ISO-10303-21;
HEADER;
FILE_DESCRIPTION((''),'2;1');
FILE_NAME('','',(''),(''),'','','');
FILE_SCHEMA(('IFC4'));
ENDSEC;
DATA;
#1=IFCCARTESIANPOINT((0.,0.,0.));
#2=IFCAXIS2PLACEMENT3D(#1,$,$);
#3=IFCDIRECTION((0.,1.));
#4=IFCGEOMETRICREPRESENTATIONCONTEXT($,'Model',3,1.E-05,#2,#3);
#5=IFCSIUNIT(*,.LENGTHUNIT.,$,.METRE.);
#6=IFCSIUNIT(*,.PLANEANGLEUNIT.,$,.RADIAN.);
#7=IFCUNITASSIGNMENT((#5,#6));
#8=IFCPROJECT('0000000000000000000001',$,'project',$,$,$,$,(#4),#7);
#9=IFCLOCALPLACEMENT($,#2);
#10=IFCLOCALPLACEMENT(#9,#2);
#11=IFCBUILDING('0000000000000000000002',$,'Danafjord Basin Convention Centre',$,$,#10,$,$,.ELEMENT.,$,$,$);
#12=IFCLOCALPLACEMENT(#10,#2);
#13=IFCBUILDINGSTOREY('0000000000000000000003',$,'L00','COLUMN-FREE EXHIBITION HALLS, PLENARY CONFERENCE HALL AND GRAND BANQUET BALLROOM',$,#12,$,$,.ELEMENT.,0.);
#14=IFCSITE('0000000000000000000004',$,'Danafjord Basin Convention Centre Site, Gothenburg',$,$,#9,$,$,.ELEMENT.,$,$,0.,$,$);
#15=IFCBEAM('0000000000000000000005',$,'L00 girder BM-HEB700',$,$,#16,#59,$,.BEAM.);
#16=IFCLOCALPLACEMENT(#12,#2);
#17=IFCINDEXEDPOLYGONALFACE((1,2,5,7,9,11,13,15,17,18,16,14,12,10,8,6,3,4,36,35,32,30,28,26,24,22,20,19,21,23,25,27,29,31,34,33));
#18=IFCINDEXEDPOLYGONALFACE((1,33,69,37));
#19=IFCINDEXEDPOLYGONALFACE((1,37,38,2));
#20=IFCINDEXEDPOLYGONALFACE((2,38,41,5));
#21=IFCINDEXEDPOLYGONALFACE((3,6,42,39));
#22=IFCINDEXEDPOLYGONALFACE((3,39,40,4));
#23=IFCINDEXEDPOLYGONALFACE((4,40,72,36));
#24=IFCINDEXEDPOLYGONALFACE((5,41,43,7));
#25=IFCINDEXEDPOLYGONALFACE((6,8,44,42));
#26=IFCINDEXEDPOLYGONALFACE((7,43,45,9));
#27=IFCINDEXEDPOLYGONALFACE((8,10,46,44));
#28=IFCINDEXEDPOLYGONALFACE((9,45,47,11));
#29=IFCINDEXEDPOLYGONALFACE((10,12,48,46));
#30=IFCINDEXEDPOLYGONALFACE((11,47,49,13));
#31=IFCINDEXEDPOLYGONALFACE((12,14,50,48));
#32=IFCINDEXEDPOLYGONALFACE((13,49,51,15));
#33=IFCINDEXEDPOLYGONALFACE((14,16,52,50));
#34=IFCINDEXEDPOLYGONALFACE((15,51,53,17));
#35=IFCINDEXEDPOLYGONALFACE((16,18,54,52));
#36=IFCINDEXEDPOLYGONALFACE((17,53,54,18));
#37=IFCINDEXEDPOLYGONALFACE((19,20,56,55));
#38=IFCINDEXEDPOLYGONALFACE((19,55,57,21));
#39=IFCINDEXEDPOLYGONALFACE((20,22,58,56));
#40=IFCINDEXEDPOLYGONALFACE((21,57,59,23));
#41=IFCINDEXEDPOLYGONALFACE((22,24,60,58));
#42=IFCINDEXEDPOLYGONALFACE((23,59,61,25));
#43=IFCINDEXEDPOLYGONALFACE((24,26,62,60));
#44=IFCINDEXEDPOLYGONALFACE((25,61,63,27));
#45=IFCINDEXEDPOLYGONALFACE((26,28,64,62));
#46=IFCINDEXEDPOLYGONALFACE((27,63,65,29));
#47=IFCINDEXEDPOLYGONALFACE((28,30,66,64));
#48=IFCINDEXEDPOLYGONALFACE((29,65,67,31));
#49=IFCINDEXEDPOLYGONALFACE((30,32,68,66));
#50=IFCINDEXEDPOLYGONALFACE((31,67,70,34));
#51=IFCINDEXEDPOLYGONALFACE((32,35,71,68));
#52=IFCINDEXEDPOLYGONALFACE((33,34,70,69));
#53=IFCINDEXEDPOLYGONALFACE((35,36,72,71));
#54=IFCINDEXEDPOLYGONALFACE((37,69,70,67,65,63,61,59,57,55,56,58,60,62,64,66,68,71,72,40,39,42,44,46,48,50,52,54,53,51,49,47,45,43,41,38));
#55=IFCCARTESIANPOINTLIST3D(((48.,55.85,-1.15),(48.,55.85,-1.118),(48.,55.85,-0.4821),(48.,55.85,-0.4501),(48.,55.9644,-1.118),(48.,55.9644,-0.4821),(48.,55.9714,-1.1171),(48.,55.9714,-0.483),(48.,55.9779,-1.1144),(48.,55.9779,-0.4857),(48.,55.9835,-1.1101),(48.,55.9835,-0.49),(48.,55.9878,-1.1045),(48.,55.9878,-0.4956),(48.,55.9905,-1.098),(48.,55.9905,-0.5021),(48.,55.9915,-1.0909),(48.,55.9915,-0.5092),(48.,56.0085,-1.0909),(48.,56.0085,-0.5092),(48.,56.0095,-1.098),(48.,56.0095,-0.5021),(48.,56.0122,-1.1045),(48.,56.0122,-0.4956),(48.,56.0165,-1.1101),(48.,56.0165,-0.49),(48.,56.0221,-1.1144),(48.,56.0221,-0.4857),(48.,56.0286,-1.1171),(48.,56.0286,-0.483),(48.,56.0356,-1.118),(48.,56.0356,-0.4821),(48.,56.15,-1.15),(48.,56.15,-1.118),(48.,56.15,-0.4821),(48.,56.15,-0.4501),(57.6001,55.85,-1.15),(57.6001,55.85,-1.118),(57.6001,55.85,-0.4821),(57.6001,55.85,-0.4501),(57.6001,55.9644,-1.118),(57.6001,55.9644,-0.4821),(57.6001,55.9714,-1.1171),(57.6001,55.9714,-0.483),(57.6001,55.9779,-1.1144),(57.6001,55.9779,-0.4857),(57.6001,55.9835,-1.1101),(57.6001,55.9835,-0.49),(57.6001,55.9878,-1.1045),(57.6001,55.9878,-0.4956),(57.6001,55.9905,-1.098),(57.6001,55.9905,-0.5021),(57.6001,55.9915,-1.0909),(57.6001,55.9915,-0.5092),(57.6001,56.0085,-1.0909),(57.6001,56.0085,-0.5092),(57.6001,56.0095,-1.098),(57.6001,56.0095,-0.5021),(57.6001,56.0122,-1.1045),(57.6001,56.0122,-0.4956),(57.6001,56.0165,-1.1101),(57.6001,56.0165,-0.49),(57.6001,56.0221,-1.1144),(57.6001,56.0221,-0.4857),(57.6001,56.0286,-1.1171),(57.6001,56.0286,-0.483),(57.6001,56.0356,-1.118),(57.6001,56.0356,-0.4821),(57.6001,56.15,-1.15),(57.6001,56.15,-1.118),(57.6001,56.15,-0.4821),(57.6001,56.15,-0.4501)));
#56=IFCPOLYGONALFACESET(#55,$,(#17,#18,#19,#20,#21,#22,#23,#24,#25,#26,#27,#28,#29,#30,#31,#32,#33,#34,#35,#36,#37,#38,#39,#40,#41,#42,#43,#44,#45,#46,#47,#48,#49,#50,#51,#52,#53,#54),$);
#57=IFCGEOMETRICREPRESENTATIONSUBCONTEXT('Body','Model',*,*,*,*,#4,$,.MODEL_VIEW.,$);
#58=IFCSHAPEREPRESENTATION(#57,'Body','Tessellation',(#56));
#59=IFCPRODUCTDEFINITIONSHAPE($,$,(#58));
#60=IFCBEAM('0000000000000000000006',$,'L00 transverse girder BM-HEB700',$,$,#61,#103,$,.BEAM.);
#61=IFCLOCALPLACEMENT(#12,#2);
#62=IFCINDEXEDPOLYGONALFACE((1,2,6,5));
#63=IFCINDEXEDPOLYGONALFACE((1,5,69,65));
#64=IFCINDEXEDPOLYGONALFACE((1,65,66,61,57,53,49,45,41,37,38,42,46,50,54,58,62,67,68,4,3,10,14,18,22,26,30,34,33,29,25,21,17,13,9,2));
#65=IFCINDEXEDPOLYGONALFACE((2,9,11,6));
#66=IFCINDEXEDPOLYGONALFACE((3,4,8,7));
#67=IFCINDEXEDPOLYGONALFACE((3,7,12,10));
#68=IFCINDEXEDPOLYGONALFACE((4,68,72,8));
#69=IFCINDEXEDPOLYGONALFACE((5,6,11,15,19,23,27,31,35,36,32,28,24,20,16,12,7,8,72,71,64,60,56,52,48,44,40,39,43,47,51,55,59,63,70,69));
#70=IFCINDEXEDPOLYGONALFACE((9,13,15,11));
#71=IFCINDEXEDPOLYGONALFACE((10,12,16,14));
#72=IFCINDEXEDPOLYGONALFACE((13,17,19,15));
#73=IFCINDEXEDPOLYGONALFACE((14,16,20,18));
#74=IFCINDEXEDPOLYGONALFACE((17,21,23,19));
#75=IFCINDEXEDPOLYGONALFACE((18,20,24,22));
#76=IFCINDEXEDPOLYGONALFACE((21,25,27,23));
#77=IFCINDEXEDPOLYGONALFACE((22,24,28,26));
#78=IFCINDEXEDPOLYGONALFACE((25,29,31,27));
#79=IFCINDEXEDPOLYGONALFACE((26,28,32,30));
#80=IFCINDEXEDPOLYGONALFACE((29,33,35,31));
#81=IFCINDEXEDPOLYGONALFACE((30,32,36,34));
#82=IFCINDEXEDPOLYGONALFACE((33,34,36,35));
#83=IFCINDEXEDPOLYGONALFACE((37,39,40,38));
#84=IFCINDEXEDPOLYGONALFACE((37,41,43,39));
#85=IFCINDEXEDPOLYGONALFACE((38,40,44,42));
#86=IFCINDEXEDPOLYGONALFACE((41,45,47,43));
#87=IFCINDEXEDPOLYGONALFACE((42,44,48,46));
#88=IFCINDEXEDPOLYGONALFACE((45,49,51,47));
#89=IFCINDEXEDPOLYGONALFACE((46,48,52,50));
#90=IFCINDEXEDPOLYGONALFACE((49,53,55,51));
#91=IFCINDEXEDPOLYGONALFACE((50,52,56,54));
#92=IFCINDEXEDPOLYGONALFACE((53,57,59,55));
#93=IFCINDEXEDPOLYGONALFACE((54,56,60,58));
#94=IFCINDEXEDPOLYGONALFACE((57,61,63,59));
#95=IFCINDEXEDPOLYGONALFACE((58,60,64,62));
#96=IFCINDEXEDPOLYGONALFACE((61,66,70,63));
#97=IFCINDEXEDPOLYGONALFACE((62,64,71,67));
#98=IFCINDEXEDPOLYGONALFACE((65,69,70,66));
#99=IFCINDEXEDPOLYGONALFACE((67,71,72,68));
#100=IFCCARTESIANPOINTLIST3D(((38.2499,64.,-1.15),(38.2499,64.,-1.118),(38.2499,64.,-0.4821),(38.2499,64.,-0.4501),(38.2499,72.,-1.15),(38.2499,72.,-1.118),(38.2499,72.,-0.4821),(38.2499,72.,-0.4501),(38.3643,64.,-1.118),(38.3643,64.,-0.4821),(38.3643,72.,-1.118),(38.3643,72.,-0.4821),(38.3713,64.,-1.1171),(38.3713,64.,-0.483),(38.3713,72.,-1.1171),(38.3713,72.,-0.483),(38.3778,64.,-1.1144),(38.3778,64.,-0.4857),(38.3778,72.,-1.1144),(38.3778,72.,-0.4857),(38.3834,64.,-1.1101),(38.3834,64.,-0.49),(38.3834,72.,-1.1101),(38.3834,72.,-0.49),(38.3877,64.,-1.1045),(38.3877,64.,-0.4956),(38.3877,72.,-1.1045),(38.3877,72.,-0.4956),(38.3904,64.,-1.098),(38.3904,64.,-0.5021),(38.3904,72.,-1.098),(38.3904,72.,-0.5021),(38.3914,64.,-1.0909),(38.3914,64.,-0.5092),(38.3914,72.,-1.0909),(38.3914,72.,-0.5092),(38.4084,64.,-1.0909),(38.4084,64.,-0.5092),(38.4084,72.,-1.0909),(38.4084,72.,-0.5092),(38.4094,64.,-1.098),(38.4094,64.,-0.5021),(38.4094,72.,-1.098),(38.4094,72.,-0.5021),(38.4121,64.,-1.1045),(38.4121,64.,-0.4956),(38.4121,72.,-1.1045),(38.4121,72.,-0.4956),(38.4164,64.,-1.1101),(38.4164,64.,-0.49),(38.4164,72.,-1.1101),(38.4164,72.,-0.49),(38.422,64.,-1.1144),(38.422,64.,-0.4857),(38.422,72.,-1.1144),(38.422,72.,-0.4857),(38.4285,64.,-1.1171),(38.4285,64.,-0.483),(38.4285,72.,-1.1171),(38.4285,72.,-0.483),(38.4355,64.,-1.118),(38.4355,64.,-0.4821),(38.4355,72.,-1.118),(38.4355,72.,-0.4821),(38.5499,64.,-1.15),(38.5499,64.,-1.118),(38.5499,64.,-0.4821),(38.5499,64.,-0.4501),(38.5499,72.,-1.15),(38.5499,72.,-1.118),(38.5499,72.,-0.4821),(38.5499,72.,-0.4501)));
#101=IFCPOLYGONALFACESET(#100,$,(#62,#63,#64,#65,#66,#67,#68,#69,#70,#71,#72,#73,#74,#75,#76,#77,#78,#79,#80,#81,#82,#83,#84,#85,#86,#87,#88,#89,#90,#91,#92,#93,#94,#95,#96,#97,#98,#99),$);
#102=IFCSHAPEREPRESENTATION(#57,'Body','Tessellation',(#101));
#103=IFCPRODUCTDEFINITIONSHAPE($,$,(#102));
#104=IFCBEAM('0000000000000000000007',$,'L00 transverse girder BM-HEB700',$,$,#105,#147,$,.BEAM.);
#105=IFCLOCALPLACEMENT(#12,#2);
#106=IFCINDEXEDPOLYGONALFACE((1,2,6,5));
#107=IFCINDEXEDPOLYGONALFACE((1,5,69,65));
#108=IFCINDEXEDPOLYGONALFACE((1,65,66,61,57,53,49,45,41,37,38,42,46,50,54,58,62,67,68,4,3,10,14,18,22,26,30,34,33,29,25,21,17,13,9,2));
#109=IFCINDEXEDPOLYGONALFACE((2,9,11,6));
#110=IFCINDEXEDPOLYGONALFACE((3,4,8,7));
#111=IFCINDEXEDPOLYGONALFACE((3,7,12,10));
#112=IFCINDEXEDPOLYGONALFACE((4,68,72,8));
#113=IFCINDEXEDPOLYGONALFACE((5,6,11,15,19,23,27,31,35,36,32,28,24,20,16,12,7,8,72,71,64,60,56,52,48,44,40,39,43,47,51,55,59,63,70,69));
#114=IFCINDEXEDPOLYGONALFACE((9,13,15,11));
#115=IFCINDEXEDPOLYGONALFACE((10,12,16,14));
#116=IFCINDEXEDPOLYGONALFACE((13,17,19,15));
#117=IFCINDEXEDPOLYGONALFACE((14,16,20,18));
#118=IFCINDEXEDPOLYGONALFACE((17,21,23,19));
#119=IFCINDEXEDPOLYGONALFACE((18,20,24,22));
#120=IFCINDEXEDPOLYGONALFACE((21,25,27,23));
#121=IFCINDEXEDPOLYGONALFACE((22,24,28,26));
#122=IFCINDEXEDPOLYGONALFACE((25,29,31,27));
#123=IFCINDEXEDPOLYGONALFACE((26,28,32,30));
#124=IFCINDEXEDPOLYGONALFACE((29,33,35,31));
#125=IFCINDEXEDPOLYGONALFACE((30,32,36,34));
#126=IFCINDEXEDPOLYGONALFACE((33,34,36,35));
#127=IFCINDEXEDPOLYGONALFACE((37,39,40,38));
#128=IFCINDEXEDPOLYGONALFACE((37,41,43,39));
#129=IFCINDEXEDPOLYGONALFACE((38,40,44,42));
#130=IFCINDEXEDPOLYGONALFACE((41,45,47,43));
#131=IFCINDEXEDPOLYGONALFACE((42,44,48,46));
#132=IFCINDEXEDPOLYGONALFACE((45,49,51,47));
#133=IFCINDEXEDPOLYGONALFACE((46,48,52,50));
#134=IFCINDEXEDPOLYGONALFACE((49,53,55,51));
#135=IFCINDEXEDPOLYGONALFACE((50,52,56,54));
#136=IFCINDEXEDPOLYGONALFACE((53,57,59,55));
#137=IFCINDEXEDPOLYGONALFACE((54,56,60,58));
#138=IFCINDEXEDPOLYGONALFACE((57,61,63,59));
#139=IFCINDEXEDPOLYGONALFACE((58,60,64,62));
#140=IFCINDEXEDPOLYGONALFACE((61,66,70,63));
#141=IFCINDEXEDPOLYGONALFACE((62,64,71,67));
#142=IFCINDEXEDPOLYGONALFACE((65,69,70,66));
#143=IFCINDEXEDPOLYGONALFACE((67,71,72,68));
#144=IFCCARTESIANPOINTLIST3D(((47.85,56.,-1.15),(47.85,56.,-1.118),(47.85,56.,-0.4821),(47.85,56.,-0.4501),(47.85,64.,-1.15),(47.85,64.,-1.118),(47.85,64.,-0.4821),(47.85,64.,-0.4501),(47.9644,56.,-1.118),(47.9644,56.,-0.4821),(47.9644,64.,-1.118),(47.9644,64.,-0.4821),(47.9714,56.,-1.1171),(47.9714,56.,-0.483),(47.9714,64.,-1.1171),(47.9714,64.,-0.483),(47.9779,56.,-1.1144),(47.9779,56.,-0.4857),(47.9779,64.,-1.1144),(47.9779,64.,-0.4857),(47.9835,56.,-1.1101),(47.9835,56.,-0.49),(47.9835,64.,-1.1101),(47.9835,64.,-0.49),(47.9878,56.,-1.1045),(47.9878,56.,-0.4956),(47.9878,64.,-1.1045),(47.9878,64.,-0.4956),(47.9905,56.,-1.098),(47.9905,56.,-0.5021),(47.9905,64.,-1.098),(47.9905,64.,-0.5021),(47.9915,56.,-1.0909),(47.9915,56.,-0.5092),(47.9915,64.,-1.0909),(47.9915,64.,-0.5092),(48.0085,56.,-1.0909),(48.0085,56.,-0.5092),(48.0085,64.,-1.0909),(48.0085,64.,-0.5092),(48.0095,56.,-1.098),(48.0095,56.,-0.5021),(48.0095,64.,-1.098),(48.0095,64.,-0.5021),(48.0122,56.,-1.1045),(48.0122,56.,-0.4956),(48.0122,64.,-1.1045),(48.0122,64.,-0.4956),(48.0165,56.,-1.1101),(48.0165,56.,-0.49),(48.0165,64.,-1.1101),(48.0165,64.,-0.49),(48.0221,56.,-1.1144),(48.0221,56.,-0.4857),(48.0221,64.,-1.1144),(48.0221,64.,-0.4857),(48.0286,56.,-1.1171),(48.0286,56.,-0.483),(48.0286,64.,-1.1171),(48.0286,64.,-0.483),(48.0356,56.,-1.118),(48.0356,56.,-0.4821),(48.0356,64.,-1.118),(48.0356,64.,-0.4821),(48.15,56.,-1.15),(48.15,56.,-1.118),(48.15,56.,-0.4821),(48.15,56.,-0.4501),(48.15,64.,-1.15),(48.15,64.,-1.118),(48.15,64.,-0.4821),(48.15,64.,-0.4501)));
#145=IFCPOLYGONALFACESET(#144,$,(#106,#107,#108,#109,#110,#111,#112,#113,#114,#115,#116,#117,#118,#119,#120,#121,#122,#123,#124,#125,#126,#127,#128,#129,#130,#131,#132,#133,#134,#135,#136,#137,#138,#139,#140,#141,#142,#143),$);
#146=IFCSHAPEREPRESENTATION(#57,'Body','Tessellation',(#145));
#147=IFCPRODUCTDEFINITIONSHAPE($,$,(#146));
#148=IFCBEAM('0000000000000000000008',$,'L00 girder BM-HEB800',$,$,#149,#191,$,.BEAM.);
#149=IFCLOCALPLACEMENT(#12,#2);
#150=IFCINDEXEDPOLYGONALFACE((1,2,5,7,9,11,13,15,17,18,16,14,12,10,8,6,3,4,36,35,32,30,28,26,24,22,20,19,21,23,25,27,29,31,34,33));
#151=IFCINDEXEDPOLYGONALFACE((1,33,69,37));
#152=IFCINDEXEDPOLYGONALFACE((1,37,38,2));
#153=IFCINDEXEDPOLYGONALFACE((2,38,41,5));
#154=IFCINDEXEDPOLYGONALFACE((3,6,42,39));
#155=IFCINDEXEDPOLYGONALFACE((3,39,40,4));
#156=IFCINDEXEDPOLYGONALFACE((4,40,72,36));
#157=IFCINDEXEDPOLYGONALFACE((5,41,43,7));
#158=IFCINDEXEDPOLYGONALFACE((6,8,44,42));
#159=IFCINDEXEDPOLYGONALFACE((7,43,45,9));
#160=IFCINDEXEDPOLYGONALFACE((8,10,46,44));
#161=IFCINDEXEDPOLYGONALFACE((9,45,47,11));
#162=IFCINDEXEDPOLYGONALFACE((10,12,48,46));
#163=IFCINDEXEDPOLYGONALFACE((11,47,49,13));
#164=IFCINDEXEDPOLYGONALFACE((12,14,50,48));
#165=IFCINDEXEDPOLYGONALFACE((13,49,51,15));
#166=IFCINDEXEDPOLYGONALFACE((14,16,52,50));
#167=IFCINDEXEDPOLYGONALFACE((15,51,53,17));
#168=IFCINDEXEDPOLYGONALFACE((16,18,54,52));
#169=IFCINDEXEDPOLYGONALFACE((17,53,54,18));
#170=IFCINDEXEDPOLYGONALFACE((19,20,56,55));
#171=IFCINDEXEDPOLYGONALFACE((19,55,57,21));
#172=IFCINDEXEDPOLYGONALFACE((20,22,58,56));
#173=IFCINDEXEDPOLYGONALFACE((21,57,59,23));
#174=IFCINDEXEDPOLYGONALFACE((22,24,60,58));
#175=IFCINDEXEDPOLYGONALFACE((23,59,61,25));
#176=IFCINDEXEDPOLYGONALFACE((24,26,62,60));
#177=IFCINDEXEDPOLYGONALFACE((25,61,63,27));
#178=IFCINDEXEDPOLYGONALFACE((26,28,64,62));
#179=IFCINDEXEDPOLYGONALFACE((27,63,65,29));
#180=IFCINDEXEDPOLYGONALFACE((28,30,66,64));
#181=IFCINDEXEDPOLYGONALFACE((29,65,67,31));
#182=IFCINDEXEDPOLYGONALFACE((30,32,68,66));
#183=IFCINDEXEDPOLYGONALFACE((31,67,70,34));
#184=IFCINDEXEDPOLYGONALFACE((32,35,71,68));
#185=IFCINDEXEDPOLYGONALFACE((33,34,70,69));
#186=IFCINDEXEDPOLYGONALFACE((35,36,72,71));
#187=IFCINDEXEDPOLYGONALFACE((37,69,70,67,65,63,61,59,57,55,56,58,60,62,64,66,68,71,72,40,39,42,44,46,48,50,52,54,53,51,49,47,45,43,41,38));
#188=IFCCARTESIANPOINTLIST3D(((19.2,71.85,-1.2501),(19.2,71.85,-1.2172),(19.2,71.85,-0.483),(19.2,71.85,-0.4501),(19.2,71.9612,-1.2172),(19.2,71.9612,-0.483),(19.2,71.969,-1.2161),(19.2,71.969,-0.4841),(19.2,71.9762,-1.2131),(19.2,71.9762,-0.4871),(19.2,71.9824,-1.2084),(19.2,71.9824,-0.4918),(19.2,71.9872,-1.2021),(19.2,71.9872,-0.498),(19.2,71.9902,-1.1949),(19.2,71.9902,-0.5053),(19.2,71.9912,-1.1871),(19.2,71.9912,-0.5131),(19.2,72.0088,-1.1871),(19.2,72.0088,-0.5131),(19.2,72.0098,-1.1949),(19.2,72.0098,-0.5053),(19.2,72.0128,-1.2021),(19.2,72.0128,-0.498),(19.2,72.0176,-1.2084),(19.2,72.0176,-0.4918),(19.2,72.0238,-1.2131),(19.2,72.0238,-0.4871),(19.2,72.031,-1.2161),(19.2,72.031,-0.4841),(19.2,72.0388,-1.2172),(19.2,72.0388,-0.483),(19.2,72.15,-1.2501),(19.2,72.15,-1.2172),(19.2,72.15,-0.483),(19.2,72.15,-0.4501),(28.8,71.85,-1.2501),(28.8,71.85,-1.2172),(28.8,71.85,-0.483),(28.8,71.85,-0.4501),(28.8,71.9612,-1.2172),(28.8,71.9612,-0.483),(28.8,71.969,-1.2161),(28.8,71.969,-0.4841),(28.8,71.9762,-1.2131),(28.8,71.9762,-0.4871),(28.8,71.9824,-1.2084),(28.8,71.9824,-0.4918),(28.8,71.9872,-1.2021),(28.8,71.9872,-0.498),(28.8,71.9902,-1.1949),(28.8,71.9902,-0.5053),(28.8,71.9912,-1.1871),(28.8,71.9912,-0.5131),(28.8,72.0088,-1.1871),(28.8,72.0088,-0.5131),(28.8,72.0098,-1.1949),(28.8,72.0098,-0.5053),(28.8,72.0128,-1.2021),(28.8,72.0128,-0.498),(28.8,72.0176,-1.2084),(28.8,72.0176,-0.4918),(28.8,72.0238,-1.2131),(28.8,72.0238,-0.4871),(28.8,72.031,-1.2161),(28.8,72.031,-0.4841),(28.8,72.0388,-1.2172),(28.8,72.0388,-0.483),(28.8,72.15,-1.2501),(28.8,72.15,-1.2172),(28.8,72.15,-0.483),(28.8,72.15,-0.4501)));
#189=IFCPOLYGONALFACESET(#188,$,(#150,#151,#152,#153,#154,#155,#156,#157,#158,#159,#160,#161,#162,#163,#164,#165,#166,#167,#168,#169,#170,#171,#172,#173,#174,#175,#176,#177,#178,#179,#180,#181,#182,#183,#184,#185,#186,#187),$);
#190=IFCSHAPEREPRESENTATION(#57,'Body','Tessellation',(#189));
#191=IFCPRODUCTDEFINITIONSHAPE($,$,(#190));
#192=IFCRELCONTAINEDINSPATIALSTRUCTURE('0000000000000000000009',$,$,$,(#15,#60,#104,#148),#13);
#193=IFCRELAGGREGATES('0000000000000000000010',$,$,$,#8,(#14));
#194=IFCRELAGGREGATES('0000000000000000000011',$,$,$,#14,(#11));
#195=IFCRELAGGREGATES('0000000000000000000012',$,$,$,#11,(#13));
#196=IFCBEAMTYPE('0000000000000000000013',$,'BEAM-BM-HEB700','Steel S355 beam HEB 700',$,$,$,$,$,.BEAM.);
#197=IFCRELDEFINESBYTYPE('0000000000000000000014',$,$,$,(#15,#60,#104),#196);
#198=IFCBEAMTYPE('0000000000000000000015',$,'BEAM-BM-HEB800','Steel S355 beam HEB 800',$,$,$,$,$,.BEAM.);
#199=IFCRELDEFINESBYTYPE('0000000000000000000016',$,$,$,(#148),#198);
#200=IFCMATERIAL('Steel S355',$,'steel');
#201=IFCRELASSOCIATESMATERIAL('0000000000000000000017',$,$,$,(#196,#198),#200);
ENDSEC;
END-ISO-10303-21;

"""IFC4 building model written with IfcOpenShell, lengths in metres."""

from ifc_helpers import new_model, si_unit, direction, frame, origin, origin_2d, place, context, subcontext, project, spatial, i_section, extrude, material, material_profile, profile_set, type_object, element, save


model = new_model("IFC4")

# Units and contexts
model_context = context("Model", 3, precision=1e-05, world=origin(), true_north=direction((0.0, 1.0)))
body_context = subcontext(model_context, "Body", "Model", "MODEL_VIEW")
ifc_project = project(units=[si_unit("LENGTHUNIT", "METRE"), si_unit("PLANEANGLEUNIT", "RADIAN")], contexts=[model_context])

# Site, building, storey
site_placement = place(None, origin())
site = spatial("IfcSite", under=ifc_project, at=site_placement, Name="Danafjord Basin Convention Centre Site, Gothenburg", CompositionType="ELEMENT", RefElevation=0.0)
building_placement = place(site_placement, origin())
building = spatial("IfcBuilding", under=site, at=building_placement, Name="Danafjord Basin Convention Centre", CompositionType="ELEMENT")
storey_placement = place(building_placement, origin())
storey = spatial("IfcBuildingStorey", under=building, at=storey_placement, Name="L00", Description="COLUMN-FREE EXHIBITION HALLS, PLENARY CONFERENCE HALL AND GRAND BANQUET BALLROOM", CompositionType="ELEMENT", Elevation=0.0)

# Beams
ifc_material_1 = material(Name="Steel S355", Category="steel")
ifc_material_profile_1 = material_profile(ifc_material_1, i_section(OverallWidth=0.3, OverallDepth=0.7, WebThickness=0.0171, FlangeThickness=0.032, FilletRadius=0.0271, at=origin_2d()), Name="HEB 700")
ifc_profile_set_1 = profile_set([ifc_material_profile_1], Name="Steel S355")
beam_type_1 = type_object("IfcBeamType", Name="BEAM-BM-HEB700", Description="Steel S355 beam HEB 700", PredefinedType="BEAM", material=ifc_profile_set_1)
for number, where, z_axis, x_axis, name in (
    (1, (48.0, 56.0, -0.8), (1.0, 0.0, 0.0), (0.0, 1.0, 0.0), "L00 girder BM-HEB700"),
):
    element("IfcBeam", number, at=place(storey_placement, frame(where, z_axis=z_axis, x_axis=x_axis)), inside=storey, type_object=beam_type_1, Name=name, PredefinedType="BEAM", context=body_context, shape_type="SweptSolid", body=[
        extrude(i_section(OverallWidth=0.3, OverallDepth=0.7, WebThickness=0.0171, FlangeThickness=0.032, FilletRadius=0.0271, at=origin_2d()), origin(), (0.0, 0.0, 1.0), 9.6001),
    ])
for number, where, z_axis, x_axis, name in (
    (2, (38.3999, 64.0, -0.8), (0.0, 1.0, 0.0), (-1.0, 0.0, 0.0), "L00 transverse girder BM-HEB700"),
    (3, (48.0, 56.0, -0.8), (0.0, 1.0, 0.0), (-1.0, 0.0, 0.0), "L00 transverse girder BM-HEB700"),
):
    element("IfcBeam", number, at=place(storey_placement, frame(where, z_axis=z_axis, x_axis=x_axis)), inside=storey, type_object=beam_type_1, Name=name, PredefinedType="BEAM", context=body_context, shape_type="SweptSolid", body=[
        extrude(i_section(OverallWidth=0.3, OverallDepth=0.7, WebThickness=0.0171, FlangeThickness=0.032, FilletRadius=0.0271, at=origin_2d()), origin(), (0.0, 0.0, 1.0), 8.0),
    ])
ifc_material_profile_2 = material_profile(ifc_material_1, i_section(OverallWidth=0.3, OverallDepth=0.8, WebThickness=0.0176, FlangeThickness=0.033, FilletRadius=0.03, at=origin_2d()), Name="HEB 800")
ifc_profile_set_2 = profile_set([ifc_material_profile_2], Name="Steel S355")
beam_type_2 = type_object("IfcBeamType", Name="BEAM-BM-HEB800", Description="Steel S355 beam HEB 800", PredefinedType="BEAM", material=ifc_profile_set_2)
beam_1_placement = place(storey_placement, frame((19.2, 72.0, -0.8501), z_axis=(1.0, 0.0, 0.0), x_axis=(0.0, 1.0, 0.0)))
element("IfcBeam", 4, at=beam_1_placement, inside=storey, type_object=beam_type_2, Name="L00 girder BM-HEB800", PredefinedType="BEAM", context=body_context, shape_type="SweptSolid", body=[
    extrude(i_section(OverallWidth=0.3, OverallDepth=0.8, WebThickness=0.0176, FlangeThickness=0.033, FilletRadius=0.03, at=origin_2d()), origin(), (0.0, 0.0, 1.0), 9.6001),
])

save(model, "model.ifc")
